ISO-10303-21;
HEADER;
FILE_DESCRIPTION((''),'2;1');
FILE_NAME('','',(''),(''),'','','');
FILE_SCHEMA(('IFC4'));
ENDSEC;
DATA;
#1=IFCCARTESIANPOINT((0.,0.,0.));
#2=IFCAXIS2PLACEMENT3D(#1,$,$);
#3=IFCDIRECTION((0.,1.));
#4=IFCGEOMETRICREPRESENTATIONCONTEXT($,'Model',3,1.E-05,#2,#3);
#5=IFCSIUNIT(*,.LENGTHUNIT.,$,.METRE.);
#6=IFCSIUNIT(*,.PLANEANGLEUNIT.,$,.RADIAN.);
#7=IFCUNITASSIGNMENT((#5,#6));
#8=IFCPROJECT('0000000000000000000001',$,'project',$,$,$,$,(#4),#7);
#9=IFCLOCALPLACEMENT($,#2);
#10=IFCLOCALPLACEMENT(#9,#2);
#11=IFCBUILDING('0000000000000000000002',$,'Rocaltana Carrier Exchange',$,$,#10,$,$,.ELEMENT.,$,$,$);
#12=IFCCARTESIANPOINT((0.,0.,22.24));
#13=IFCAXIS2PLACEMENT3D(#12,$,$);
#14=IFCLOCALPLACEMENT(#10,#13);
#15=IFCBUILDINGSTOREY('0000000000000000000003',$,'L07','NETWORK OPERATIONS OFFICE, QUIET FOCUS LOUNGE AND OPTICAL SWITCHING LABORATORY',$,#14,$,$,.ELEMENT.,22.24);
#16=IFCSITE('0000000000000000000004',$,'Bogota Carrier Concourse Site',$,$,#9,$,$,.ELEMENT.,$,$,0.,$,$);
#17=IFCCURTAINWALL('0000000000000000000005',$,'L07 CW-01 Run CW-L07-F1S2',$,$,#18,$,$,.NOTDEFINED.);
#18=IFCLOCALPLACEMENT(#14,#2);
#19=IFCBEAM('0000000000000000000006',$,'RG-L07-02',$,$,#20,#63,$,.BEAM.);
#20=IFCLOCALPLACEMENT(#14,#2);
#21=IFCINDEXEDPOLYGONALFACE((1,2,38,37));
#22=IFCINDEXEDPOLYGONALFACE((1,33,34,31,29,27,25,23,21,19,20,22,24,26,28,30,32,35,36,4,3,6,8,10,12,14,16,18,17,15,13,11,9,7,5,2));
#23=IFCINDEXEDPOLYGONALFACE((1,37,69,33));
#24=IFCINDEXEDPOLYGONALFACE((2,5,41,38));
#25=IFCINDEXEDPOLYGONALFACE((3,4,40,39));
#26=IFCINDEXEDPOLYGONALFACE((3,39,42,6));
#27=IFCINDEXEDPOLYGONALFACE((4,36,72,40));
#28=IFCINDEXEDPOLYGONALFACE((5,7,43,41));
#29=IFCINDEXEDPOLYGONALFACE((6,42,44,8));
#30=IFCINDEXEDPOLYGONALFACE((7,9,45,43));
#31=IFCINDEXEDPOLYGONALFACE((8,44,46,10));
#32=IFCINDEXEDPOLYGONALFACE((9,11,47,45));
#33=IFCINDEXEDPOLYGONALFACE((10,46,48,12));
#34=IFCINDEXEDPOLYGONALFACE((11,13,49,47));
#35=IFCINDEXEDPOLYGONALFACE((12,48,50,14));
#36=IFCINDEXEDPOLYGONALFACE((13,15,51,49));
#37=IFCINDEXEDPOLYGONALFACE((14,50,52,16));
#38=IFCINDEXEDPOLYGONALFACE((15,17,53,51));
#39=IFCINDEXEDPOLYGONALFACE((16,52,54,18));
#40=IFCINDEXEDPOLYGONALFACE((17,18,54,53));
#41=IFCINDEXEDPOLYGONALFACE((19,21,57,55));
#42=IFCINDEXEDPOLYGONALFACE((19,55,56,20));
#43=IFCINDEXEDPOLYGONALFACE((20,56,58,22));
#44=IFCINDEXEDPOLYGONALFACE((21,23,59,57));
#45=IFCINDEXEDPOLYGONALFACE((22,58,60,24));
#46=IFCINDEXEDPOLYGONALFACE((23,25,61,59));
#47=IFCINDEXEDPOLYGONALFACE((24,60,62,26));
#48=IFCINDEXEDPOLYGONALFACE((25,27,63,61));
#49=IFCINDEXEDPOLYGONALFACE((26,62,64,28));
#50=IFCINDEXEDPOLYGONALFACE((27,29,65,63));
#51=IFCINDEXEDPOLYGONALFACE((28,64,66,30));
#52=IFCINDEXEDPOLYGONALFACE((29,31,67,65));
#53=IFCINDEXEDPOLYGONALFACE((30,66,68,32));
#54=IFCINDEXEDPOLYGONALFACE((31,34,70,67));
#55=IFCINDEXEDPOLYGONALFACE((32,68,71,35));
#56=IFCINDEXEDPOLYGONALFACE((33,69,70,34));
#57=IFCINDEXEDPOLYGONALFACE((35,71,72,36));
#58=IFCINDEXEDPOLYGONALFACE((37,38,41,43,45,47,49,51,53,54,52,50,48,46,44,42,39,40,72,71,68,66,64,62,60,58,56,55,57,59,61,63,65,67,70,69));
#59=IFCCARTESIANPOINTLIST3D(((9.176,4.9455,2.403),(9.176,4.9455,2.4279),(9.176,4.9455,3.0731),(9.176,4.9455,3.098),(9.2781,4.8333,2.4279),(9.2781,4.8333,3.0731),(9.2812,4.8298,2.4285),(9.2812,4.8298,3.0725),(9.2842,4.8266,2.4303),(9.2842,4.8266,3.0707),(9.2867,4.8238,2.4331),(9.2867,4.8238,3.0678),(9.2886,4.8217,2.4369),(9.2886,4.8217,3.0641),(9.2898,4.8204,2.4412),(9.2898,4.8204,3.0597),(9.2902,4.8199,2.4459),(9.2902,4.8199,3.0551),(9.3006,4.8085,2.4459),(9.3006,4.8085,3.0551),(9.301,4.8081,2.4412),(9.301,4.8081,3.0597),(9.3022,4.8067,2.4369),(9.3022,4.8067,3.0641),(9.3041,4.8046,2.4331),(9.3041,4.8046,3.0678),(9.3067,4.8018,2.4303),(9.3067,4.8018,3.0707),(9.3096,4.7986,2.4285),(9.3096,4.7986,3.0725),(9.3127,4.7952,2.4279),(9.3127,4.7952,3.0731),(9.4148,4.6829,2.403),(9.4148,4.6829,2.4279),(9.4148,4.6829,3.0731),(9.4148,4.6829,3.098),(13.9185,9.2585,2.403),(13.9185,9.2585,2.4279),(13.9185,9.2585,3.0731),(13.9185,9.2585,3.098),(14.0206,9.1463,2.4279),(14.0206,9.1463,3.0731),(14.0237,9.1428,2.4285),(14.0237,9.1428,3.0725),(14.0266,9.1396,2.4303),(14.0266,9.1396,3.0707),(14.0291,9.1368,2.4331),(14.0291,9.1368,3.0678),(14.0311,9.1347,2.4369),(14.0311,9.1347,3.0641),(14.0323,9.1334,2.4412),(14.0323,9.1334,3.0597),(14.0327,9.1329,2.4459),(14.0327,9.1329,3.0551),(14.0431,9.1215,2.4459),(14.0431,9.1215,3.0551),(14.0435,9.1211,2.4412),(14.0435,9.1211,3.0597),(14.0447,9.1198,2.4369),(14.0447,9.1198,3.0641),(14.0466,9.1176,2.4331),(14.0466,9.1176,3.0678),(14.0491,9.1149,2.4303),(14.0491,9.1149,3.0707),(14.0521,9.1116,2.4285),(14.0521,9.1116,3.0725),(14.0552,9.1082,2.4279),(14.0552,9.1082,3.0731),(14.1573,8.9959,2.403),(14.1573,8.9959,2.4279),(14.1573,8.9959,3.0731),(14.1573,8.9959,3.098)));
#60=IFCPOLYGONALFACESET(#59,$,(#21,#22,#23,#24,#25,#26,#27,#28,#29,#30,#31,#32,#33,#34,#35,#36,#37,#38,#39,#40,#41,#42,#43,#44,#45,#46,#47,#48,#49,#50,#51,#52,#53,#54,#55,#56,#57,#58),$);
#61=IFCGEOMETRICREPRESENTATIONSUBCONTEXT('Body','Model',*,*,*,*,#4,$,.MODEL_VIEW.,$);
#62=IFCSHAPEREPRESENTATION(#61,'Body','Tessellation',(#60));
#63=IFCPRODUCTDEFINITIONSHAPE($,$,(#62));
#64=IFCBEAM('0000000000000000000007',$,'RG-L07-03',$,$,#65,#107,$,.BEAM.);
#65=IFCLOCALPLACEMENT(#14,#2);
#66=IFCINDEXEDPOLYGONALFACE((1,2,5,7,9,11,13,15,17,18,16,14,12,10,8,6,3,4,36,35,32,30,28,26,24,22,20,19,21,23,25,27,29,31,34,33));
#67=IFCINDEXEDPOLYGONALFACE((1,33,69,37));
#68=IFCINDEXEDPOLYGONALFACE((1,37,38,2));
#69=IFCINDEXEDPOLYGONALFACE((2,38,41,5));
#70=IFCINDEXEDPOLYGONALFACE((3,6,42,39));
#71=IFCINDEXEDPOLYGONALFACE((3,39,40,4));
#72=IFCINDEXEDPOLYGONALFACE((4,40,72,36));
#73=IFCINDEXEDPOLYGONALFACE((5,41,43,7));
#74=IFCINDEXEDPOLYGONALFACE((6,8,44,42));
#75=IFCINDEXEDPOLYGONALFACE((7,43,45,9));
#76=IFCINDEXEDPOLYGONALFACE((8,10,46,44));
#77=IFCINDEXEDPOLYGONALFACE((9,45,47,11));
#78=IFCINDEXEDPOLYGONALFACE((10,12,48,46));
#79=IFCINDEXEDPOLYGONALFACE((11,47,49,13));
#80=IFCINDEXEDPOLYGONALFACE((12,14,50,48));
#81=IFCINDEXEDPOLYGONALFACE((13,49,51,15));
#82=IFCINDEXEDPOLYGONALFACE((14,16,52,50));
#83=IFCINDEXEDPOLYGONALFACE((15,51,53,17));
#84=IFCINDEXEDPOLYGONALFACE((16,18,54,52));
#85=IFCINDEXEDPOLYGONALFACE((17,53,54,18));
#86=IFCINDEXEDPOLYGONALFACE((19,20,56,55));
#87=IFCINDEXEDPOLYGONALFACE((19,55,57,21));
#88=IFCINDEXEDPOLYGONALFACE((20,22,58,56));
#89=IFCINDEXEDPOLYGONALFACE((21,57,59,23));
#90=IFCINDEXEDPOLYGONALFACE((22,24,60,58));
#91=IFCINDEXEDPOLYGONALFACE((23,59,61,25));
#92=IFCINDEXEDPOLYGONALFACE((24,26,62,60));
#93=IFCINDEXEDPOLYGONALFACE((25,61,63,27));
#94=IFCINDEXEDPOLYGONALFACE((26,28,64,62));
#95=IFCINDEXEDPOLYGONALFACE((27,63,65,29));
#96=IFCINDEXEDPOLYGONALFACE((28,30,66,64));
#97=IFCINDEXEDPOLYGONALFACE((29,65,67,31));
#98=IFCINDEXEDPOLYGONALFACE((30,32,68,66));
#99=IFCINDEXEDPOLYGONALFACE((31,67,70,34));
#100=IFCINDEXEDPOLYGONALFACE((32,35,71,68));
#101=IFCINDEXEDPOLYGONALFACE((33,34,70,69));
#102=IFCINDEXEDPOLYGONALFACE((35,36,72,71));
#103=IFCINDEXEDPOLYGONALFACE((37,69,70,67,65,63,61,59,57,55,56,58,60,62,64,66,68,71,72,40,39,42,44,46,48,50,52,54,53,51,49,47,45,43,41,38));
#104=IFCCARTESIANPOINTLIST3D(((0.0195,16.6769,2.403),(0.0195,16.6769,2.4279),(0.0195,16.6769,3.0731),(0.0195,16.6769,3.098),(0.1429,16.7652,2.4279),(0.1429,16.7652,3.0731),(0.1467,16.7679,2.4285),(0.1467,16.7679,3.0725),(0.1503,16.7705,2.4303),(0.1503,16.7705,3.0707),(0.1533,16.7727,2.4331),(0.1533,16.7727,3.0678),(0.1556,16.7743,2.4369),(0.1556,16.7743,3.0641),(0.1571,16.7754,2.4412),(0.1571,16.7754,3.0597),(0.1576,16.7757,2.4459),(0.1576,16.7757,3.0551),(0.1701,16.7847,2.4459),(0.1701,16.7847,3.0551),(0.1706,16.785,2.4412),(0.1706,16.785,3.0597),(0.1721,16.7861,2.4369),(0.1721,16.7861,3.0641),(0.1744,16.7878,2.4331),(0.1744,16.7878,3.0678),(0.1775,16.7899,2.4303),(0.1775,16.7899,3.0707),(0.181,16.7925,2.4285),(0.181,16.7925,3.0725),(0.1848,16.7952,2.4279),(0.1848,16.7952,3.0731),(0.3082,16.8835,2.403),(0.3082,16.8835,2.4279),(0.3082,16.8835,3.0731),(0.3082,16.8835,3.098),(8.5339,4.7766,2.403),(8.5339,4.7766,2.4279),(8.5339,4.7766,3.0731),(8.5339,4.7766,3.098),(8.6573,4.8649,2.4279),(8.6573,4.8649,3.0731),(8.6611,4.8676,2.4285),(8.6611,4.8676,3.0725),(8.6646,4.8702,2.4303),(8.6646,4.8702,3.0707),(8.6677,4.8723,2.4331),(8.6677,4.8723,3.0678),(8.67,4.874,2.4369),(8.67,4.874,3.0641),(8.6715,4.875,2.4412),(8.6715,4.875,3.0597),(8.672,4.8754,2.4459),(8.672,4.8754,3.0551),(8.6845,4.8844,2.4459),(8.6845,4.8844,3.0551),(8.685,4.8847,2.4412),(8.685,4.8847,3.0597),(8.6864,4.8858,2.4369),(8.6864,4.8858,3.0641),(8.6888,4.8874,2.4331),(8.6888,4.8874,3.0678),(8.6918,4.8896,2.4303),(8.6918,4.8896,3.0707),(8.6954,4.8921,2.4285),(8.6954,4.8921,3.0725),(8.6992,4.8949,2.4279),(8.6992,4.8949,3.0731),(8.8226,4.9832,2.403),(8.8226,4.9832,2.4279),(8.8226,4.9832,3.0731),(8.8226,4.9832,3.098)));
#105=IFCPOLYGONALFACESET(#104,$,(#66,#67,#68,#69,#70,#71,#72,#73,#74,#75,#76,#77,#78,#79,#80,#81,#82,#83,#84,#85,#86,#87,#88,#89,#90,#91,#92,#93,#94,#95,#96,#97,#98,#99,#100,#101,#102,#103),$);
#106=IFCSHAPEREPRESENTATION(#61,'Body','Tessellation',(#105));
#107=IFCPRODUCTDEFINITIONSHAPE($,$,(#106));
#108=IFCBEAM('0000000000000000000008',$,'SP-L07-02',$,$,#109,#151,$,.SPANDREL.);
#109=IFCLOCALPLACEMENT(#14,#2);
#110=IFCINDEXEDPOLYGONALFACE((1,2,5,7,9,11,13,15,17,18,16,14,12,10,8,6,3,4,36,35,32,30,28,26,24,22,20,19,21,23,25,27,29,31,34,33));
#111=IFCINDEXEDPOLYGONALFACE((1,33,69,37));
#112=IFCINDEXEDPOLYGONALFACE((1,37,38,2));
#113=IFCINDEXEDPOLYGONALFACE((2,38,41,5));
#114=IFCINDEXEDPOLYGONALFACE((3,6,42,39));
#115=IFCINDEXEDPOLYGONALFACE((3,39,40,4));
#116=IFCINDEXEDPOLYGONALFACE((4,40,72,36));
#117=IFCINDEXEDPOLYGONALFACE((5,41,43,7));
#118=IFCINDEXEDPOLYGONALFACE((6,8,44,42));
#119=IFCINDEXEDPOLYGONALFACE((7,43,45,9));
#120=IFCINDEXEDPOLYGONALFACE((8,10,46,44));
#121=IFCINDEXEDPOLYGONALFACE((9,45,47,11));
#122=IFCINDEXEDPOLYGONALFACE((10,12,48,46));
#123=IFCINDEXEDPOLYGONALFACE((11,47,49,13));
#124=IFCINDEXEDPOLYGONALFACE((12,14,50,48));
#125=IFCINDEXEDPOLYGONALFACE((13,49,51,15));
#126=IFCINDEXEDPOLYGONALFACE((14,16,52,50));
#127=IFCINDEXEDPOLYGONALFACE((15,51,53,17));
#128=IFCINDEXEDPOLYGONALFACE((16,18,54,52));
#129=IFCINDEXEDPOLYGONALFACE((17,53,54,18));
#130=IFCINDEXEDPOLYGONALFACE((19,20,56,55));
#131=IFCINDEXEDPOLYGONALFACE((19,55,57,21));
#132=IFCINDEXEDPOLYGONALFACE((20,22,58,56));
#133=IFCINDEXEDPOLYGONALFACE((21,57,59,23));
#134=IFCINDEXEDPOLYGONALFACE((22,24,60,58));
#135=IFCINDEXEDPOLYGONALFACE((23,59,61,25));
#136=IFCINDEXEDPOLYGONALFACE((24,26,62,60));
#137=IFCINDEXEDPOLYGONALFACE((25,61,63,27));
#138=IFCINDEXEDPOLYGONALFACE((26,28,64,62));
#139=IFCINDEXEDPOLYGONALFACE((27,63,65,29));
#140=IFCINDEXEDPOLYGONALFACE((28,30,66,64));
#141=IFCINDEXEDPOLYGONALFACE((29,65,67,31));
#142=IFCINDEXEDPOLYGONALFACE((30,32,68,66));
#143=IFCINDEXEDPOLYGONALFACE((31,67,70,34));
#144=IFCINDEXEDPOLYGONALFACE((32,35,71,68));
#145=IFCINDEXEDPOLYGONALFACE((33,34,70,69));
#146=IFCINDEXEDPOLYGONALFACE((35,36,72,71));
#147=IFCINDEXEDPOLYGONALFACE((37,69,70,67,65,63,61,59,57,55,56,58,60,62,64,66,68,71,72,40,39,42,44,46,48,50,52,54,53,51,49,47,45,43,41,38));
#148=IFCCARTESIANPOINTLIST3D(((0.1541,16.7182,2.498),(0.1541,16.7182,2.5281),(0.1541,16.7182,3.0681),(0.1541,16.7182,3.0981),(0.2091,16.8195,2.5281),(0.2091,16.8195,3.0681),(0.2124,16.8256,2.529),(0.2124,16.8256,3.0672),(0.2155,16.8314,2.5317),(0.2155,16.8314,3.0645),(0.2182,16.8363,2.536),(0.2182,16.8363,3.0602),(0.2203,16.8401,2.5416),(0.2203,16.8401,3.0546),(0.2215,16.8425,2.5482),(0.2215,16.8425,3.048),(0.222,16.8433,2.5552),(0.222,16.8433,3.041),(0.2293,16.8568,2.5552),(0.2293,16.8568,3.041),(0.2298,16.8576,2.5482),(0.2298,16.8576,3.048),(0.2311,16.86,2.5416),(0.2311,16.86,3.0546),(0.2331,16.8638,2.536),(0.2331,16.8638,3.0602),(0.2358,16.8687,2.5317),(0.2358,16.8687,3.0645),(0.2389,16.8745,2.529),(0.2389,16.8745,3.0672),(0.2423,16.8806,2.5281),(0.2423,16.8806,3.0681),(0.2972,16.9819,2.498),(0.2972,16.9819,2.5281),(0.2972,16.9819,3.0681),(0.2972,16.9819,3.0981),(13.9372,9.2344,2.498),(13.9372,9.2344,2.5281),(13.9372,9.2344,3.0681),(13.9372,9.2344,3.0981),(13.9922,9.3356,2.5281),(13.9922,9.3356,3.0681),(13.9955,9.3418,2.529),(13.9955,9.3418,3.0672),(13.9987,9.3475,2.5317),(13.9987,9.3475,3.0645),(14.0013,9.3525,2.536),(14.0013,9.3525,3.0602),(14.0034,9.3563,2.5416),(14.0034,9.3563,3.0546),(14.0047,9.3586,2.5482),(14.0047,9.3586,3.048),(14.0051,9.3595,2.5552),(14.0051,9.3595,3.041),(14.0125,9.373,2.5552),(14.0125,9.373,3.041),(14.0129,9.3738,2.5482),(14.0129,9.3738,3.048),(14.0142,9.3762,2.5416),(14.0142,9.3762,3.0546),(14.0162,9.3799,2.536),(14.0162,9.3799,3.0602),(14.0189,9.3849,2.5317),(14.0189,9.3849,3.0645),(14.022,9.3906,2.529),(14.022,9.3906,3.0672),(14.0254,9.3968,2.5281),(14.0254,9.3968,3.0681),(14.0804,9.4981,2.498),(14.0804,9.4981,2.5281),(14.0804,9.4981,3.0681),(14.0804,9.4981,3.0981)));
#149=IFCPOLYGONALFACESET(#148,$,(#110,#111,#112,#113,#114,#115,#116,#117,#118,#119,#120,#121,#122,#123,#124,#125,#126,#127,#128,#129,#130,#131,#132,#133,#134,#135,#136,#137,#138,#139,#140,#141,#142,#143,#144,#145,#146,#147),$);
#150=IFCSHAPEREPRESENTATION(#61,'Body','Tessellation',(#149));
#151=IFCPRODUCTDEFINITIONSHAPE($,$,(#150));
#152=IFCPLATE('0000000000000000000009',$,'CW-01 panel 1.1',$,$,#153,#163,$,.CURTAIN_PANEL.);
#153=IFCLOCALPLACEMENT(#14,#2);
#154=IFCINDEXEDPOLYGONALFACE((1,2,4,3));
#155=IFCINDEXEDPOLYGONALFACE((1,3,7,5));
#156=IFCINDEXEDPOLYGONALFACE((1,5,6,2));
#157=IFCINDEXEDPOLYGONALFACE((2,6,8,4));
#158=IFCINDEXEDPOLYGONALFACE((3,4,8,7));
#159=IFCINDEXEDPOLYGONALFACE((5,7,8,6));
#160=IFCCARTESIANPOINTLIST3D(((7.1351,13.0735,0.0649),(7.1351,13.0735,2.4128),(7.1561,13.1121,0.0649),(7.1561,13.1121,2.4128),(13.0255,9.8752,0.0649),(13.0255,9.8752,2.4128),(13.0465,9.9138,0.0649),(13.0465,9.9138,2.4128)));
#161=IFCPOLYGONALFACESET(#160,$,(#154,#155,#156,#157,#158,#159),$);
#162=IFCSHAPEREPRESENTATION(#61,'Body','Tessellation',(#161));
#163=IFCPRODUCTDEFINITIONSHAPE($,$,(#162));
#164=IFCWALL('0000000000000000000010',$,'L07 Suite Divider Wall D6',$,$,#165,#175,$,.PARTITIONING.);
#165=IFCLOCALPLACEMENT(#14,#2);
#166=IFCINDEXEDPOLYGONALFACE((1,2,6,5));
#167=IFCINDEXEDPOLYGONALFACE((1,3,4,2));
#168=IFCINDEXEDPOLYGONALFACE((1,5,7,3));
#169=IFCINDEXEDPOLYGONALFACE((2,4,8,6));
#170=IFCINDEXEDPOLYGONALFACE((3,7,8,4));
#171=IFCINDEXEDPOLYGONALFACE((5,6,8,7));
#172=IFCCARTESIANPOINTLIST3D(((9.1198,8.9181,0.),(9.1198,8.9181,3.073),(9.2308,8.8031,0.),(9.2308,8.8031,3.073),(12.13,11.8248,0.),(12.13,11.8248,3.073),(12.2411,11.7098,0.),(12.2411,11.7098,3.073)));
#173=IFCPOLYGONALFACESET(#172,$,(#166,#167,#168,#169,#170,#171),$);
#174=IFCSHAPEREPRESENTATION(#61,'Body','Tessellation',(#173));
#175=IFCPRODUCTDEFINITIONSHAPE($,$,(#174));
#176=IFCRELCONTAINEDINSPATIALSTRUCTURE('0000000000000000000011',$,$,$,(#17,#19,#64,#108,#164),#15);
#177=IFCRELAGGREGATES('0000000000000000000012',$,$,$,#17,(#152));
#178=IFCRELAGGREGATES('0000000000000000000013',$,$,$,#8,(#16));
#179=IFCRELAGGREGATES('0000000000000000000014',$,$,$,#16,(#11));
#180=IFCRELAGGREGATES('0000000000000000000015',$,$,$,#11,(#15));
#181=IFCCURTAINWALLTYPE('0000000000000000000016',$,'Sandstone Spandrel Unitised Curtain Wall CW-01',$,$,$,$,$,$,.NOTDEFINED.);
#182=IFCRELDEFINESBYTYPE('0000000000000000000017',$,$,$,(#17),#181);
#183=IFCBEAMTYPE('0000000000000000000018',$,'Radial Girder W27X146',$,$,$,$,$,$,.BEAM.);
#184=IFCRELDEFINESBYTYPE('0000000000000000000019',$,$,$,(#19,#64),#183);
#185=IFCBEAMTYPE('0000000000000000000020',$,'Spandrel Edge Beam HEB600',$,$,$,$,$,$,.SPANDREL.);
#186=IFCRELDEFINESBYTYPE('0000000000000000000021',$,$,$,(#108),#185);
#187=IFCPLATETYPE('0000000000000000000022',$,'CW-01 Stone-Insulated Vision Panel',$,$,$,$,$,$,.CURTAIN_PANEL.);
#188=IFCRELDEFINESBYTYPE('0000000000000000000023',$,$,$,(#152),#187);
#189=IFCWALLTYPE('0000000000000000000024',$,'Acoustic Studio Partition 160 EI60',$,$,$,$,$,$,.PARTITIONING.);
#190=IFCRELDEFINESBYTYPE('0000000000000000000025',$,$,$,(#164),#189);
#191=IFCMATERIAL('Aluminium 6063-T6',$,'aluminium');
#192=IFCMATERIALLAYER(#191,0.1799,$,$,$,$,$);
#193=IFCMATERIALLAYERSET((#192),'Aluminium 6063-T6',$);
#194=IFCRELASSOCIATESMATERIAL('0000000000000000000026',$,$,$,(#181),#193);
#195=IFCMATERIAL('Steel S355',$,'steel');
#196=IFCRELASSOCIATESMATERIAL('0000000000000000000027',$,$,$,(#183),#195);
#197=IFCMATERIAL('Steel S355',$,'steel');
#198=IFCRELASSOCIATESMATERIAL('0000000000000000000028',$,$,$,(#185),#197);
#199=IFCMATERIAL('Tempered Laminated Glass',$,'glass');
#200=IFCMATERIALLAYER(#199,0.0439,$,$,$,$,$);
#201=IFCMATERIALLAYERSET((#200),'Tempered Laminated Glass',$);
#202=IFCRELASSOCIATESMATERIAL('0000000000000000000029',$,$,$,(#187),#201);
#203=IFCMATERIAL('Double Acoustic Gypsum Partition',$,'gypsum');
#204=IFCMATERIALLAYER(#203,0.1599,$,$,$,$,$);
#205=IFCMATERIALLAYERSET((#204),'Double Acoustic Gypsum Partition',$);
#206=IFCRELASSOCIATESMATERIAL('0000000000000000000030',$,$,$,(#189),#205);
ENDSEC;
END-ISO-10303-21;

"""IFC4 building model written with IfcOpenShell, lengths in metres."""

from ifc_helpers import new_model, si_unit, direction, frame, frame_2d, origin, origin_2d, place, context, subcontext, project, spatial, rectangle, i_section, extrude, material, layer, layer_set, material_profile, profile_set, type_object, element, aggregate, save


model = new_model("IFC4")

# Units and contexts
model_context = context("Model", 3, precision=1e-05, world=origin(), true_north=direction((0.0, 1.0)))
body_context = subcontext(model_context, "Body", "Model", "MODEL_VIEW")
ifc_project = project(units=[si_unit("LENGTHUNIT", "METRE"), si_unit("PLANEANGLEUNIT", "RADIAN")], contexts=[model_context])

# Site, building, storey
site_placement = place(None, origin())
site = spatial("IfcSite", under=ifc_project, at=site_placement, Name="Bogota Carrier Concourse Site", CompositionType="ELEMENT", RefElevation=0.0)
building_placement = place(site_placement, origin())
building = spatial("IfcBuilding", under=site, at=building_placement, Name="Rocaltana Carrier Exchange", CompositionType="ELEMENT")
storey_placement = place(building_placement, frame((0.0, 0.0, 22.24)))
storey = spatial("IfcBuildingStorey", under=building, at=storey_placement, Name="L07", Description="NETWORK OPERATIONS OFFICE, QUIET FOCUS LOUNGE AND OPTICAL SWITCHING LABORATORY", CompositionType="ELEMENT", Elevation=22.24)

# Curtain wall
ifc_material_1 = material(Name="Aluminium 6063-T6", Category="aluminium")
ifc_layer_1 = layer(ifc_material_1, 0.1799)
ifc_layer_set_1 = layer_set([ifc_layer_1], Name="Aluminium 6063-T6")
curtain_wall_type = type_object("IfcCurtainWallType", Name="Sandstone Spandrel Unitised Curtain Wall CW-01", PredefinedType="NOTDEFINED", material=ifc_layer_set_1)
curtain_wall_placement = place(storey_placement, origin())
curtain_wall = element("IfcCurtainWall", 1, at=curtain_wall_placement, inside=storey, type_object=curtain_wall_type, Name="L07 CW-01 Run CW-L07-F1S2", PredefinedType="NOTDEFINED")

# Beams
ifc_material_2 = material(Name="Steel S355", Category="steel")
ifc_material_profile_1 = material_profile(ifc_material_2, i_section(OverallWidth=0.355, OverallDepth=0.6951, WebThickness=0.0154, FlangeThickness=0.0249, FilletRadius=0.0181, at=origin_2d()), Name="W27X146")
ifc_profile_set_1 = profile_set([ifc_material_profile_1], Name="Steel S355")
beam_type_1 = type_object("IfcBeamType", Name="Radial Girder W27X146", PredefinedType="BEAM", material=ifc_profile_set_1)
beam_1_placement = place(storey_placement, frame((9.2954, 4.8142, 2.7505), z_axis=(0.739809, 0.672817, 0.0), x_axis=(-0.672817, 0.739809, 0.0)))
element("IfcBeam", 2, at=beam_1_placement, inside=storey, type_object=beam_type_1, Name="RG-L07-02", PredefinedType="BEAM", context=body_context, shape_type="SweptSolid", body=[
    extrude(i_section(OverallWidth=0.355, OverallDepth=0.6951, WebThickness=0.0154, FlangeThickness=0.0249, FilletRadius=0.0181, at=origin_2d()), origin(), (0.0, 0.0, 1.0), 6.4104),
])
beam_2_placement = place(storey_placement, frame((8.6782, 4.8799, 2.7505), z_axis=(-0.581877, 0.813277, 0.0), x_axis=(-0.813277, -0.581877, 0.0)))
element("IfcBeam", 3, at=beam_2_placement, inside=storey, type_object=beam_type_1, Name="RG-L07-03", PredefinedType="BEAM", context=body_context, shape_type="SweptSolid", body=[
    extrude(i_section(OverallWidth=0.355, OverallDepth=0.6951, WebThickness=0.0154, FlangeThickness=0.0249, FilletRadius=0.0181, at=origin_2d()), origin(), (0.0, 0.0, 1.0), 14.6326),
])
ifc_material_3 = material(Name="Steel S355", Category="steel")
ifc_material_profile_2 = material_profile(ifc_material_3, i_section(OverallWidth=0.3, OverallDepth=0.6001, WebThickness=0.0154, FlangeThickness=0.03, FilletRadius=0.0271, at=origin_2d()), Name="HEB600")
ifc_profile_set_2 = profile_set([ifc_material_profile_2], Name="Steel S355")
beam_type_2 = type_object("IfcBeamType", Name="Spandrel Edge Beam HEB600", PredefinedType="SPANDREL", material=ifc_profile_set_2)
beam_3_placement = place(storey_placement, frame((14.0088, 9.3662, 2.7981), z_axis=(-0.878811, 0.477169, 0.0), x_axis=(-0.477169, -0.878811, 0.0)))
element("IfcBeam", 4, at=beam_3_placement, inside=storey, type_object=beam_type_2, Name="SP-L07-02", PredefinedType="SPANDREL", context=body_context, shape_type="SweptSolid", body=[
    extrude(i_section(OverallWidth=0.3, OverallDepth=0.6001, WebThickness=0.0154, FlangeThickness=0.03, FilletRadius=0.0271, at=origin_2d()), origin(), (0.0, 0.0, 1.0), 15.6838),
])

# Plate
ifc_material_4 = material(Name="Tempered Laminated Glass", Category="glass")
ifc_layer_2 = layer(ifc_material_4, 0.0439)
ifc_layer_set_2 = layer_set([ifc_layer_2], Name="Tempered Laminated Glass")
plate_type = type_object("IfcPlateType", Name="CW-01 Stone-Insulated Vision Panel", PredefinedType="CURTAIN_PANEL", material=ifc_layer_set_2)
plate_placement = place(storey_placement, frame((10.0908, 11.4937, 0.0649), z_axis=(0.0, 0.0, 1.0), x_axis=(-0.878814, 0.477164, 0.0)))
plate = element("IfcPlate", 5, at=plate_placement, type_object=plate_type, Name="CW-01 panel 1.1", PredefinedType="CURTAIN_PANEL", context=body_context, shape_type="SweptSolid", body=[
    extrude(rectangle(XDim=6.7026, YDim=0.0439, at=origin_2d()), origin(), (0.0, 0.0, 1.0), 2.3479),
])
aggregate(curtain_wall, [plate])

# Wall
ifc_material_5 = material(Name="Double Acoustic Gypsum Partition", Category="gypsum")
ifc_layer_3 = layer(ifc_material_5, 0.1599)
ifc_layer_set_3 = layer_set([ifc_layer_3], Name="Double Acoustic Gypsum Partition")
wall_type_1 = type_object("IfcWallType", Name="Acoustic Studio Partition 160 EI60", PredefinedType="PARTITIONING", material=ifc_layer_set_3)
wall_1_placement = place(storey_placement, frame((9.1753, 8.8606, 0.0), z_axis=(0.0, 0.0, 1.0), x_axis=(0.719367, 0.69463, 0.0)))
element("IfcWall", 6, at=wall_1_placement, inside=storey, type_object=wall_type_1, Name="L07 Suite Divider Wall D6", PredefinedType="PARTITIONING", context=body_context, shape_type="SweptSolid", body=[
    extrude(rectangle(XDim=4.1846, YDim=0.1599, at=frame_2d((2.0923, 0.0))), origin(), (0.0, 0.0, 1.0), 3.073),
])

save(model, "model.ifc")
